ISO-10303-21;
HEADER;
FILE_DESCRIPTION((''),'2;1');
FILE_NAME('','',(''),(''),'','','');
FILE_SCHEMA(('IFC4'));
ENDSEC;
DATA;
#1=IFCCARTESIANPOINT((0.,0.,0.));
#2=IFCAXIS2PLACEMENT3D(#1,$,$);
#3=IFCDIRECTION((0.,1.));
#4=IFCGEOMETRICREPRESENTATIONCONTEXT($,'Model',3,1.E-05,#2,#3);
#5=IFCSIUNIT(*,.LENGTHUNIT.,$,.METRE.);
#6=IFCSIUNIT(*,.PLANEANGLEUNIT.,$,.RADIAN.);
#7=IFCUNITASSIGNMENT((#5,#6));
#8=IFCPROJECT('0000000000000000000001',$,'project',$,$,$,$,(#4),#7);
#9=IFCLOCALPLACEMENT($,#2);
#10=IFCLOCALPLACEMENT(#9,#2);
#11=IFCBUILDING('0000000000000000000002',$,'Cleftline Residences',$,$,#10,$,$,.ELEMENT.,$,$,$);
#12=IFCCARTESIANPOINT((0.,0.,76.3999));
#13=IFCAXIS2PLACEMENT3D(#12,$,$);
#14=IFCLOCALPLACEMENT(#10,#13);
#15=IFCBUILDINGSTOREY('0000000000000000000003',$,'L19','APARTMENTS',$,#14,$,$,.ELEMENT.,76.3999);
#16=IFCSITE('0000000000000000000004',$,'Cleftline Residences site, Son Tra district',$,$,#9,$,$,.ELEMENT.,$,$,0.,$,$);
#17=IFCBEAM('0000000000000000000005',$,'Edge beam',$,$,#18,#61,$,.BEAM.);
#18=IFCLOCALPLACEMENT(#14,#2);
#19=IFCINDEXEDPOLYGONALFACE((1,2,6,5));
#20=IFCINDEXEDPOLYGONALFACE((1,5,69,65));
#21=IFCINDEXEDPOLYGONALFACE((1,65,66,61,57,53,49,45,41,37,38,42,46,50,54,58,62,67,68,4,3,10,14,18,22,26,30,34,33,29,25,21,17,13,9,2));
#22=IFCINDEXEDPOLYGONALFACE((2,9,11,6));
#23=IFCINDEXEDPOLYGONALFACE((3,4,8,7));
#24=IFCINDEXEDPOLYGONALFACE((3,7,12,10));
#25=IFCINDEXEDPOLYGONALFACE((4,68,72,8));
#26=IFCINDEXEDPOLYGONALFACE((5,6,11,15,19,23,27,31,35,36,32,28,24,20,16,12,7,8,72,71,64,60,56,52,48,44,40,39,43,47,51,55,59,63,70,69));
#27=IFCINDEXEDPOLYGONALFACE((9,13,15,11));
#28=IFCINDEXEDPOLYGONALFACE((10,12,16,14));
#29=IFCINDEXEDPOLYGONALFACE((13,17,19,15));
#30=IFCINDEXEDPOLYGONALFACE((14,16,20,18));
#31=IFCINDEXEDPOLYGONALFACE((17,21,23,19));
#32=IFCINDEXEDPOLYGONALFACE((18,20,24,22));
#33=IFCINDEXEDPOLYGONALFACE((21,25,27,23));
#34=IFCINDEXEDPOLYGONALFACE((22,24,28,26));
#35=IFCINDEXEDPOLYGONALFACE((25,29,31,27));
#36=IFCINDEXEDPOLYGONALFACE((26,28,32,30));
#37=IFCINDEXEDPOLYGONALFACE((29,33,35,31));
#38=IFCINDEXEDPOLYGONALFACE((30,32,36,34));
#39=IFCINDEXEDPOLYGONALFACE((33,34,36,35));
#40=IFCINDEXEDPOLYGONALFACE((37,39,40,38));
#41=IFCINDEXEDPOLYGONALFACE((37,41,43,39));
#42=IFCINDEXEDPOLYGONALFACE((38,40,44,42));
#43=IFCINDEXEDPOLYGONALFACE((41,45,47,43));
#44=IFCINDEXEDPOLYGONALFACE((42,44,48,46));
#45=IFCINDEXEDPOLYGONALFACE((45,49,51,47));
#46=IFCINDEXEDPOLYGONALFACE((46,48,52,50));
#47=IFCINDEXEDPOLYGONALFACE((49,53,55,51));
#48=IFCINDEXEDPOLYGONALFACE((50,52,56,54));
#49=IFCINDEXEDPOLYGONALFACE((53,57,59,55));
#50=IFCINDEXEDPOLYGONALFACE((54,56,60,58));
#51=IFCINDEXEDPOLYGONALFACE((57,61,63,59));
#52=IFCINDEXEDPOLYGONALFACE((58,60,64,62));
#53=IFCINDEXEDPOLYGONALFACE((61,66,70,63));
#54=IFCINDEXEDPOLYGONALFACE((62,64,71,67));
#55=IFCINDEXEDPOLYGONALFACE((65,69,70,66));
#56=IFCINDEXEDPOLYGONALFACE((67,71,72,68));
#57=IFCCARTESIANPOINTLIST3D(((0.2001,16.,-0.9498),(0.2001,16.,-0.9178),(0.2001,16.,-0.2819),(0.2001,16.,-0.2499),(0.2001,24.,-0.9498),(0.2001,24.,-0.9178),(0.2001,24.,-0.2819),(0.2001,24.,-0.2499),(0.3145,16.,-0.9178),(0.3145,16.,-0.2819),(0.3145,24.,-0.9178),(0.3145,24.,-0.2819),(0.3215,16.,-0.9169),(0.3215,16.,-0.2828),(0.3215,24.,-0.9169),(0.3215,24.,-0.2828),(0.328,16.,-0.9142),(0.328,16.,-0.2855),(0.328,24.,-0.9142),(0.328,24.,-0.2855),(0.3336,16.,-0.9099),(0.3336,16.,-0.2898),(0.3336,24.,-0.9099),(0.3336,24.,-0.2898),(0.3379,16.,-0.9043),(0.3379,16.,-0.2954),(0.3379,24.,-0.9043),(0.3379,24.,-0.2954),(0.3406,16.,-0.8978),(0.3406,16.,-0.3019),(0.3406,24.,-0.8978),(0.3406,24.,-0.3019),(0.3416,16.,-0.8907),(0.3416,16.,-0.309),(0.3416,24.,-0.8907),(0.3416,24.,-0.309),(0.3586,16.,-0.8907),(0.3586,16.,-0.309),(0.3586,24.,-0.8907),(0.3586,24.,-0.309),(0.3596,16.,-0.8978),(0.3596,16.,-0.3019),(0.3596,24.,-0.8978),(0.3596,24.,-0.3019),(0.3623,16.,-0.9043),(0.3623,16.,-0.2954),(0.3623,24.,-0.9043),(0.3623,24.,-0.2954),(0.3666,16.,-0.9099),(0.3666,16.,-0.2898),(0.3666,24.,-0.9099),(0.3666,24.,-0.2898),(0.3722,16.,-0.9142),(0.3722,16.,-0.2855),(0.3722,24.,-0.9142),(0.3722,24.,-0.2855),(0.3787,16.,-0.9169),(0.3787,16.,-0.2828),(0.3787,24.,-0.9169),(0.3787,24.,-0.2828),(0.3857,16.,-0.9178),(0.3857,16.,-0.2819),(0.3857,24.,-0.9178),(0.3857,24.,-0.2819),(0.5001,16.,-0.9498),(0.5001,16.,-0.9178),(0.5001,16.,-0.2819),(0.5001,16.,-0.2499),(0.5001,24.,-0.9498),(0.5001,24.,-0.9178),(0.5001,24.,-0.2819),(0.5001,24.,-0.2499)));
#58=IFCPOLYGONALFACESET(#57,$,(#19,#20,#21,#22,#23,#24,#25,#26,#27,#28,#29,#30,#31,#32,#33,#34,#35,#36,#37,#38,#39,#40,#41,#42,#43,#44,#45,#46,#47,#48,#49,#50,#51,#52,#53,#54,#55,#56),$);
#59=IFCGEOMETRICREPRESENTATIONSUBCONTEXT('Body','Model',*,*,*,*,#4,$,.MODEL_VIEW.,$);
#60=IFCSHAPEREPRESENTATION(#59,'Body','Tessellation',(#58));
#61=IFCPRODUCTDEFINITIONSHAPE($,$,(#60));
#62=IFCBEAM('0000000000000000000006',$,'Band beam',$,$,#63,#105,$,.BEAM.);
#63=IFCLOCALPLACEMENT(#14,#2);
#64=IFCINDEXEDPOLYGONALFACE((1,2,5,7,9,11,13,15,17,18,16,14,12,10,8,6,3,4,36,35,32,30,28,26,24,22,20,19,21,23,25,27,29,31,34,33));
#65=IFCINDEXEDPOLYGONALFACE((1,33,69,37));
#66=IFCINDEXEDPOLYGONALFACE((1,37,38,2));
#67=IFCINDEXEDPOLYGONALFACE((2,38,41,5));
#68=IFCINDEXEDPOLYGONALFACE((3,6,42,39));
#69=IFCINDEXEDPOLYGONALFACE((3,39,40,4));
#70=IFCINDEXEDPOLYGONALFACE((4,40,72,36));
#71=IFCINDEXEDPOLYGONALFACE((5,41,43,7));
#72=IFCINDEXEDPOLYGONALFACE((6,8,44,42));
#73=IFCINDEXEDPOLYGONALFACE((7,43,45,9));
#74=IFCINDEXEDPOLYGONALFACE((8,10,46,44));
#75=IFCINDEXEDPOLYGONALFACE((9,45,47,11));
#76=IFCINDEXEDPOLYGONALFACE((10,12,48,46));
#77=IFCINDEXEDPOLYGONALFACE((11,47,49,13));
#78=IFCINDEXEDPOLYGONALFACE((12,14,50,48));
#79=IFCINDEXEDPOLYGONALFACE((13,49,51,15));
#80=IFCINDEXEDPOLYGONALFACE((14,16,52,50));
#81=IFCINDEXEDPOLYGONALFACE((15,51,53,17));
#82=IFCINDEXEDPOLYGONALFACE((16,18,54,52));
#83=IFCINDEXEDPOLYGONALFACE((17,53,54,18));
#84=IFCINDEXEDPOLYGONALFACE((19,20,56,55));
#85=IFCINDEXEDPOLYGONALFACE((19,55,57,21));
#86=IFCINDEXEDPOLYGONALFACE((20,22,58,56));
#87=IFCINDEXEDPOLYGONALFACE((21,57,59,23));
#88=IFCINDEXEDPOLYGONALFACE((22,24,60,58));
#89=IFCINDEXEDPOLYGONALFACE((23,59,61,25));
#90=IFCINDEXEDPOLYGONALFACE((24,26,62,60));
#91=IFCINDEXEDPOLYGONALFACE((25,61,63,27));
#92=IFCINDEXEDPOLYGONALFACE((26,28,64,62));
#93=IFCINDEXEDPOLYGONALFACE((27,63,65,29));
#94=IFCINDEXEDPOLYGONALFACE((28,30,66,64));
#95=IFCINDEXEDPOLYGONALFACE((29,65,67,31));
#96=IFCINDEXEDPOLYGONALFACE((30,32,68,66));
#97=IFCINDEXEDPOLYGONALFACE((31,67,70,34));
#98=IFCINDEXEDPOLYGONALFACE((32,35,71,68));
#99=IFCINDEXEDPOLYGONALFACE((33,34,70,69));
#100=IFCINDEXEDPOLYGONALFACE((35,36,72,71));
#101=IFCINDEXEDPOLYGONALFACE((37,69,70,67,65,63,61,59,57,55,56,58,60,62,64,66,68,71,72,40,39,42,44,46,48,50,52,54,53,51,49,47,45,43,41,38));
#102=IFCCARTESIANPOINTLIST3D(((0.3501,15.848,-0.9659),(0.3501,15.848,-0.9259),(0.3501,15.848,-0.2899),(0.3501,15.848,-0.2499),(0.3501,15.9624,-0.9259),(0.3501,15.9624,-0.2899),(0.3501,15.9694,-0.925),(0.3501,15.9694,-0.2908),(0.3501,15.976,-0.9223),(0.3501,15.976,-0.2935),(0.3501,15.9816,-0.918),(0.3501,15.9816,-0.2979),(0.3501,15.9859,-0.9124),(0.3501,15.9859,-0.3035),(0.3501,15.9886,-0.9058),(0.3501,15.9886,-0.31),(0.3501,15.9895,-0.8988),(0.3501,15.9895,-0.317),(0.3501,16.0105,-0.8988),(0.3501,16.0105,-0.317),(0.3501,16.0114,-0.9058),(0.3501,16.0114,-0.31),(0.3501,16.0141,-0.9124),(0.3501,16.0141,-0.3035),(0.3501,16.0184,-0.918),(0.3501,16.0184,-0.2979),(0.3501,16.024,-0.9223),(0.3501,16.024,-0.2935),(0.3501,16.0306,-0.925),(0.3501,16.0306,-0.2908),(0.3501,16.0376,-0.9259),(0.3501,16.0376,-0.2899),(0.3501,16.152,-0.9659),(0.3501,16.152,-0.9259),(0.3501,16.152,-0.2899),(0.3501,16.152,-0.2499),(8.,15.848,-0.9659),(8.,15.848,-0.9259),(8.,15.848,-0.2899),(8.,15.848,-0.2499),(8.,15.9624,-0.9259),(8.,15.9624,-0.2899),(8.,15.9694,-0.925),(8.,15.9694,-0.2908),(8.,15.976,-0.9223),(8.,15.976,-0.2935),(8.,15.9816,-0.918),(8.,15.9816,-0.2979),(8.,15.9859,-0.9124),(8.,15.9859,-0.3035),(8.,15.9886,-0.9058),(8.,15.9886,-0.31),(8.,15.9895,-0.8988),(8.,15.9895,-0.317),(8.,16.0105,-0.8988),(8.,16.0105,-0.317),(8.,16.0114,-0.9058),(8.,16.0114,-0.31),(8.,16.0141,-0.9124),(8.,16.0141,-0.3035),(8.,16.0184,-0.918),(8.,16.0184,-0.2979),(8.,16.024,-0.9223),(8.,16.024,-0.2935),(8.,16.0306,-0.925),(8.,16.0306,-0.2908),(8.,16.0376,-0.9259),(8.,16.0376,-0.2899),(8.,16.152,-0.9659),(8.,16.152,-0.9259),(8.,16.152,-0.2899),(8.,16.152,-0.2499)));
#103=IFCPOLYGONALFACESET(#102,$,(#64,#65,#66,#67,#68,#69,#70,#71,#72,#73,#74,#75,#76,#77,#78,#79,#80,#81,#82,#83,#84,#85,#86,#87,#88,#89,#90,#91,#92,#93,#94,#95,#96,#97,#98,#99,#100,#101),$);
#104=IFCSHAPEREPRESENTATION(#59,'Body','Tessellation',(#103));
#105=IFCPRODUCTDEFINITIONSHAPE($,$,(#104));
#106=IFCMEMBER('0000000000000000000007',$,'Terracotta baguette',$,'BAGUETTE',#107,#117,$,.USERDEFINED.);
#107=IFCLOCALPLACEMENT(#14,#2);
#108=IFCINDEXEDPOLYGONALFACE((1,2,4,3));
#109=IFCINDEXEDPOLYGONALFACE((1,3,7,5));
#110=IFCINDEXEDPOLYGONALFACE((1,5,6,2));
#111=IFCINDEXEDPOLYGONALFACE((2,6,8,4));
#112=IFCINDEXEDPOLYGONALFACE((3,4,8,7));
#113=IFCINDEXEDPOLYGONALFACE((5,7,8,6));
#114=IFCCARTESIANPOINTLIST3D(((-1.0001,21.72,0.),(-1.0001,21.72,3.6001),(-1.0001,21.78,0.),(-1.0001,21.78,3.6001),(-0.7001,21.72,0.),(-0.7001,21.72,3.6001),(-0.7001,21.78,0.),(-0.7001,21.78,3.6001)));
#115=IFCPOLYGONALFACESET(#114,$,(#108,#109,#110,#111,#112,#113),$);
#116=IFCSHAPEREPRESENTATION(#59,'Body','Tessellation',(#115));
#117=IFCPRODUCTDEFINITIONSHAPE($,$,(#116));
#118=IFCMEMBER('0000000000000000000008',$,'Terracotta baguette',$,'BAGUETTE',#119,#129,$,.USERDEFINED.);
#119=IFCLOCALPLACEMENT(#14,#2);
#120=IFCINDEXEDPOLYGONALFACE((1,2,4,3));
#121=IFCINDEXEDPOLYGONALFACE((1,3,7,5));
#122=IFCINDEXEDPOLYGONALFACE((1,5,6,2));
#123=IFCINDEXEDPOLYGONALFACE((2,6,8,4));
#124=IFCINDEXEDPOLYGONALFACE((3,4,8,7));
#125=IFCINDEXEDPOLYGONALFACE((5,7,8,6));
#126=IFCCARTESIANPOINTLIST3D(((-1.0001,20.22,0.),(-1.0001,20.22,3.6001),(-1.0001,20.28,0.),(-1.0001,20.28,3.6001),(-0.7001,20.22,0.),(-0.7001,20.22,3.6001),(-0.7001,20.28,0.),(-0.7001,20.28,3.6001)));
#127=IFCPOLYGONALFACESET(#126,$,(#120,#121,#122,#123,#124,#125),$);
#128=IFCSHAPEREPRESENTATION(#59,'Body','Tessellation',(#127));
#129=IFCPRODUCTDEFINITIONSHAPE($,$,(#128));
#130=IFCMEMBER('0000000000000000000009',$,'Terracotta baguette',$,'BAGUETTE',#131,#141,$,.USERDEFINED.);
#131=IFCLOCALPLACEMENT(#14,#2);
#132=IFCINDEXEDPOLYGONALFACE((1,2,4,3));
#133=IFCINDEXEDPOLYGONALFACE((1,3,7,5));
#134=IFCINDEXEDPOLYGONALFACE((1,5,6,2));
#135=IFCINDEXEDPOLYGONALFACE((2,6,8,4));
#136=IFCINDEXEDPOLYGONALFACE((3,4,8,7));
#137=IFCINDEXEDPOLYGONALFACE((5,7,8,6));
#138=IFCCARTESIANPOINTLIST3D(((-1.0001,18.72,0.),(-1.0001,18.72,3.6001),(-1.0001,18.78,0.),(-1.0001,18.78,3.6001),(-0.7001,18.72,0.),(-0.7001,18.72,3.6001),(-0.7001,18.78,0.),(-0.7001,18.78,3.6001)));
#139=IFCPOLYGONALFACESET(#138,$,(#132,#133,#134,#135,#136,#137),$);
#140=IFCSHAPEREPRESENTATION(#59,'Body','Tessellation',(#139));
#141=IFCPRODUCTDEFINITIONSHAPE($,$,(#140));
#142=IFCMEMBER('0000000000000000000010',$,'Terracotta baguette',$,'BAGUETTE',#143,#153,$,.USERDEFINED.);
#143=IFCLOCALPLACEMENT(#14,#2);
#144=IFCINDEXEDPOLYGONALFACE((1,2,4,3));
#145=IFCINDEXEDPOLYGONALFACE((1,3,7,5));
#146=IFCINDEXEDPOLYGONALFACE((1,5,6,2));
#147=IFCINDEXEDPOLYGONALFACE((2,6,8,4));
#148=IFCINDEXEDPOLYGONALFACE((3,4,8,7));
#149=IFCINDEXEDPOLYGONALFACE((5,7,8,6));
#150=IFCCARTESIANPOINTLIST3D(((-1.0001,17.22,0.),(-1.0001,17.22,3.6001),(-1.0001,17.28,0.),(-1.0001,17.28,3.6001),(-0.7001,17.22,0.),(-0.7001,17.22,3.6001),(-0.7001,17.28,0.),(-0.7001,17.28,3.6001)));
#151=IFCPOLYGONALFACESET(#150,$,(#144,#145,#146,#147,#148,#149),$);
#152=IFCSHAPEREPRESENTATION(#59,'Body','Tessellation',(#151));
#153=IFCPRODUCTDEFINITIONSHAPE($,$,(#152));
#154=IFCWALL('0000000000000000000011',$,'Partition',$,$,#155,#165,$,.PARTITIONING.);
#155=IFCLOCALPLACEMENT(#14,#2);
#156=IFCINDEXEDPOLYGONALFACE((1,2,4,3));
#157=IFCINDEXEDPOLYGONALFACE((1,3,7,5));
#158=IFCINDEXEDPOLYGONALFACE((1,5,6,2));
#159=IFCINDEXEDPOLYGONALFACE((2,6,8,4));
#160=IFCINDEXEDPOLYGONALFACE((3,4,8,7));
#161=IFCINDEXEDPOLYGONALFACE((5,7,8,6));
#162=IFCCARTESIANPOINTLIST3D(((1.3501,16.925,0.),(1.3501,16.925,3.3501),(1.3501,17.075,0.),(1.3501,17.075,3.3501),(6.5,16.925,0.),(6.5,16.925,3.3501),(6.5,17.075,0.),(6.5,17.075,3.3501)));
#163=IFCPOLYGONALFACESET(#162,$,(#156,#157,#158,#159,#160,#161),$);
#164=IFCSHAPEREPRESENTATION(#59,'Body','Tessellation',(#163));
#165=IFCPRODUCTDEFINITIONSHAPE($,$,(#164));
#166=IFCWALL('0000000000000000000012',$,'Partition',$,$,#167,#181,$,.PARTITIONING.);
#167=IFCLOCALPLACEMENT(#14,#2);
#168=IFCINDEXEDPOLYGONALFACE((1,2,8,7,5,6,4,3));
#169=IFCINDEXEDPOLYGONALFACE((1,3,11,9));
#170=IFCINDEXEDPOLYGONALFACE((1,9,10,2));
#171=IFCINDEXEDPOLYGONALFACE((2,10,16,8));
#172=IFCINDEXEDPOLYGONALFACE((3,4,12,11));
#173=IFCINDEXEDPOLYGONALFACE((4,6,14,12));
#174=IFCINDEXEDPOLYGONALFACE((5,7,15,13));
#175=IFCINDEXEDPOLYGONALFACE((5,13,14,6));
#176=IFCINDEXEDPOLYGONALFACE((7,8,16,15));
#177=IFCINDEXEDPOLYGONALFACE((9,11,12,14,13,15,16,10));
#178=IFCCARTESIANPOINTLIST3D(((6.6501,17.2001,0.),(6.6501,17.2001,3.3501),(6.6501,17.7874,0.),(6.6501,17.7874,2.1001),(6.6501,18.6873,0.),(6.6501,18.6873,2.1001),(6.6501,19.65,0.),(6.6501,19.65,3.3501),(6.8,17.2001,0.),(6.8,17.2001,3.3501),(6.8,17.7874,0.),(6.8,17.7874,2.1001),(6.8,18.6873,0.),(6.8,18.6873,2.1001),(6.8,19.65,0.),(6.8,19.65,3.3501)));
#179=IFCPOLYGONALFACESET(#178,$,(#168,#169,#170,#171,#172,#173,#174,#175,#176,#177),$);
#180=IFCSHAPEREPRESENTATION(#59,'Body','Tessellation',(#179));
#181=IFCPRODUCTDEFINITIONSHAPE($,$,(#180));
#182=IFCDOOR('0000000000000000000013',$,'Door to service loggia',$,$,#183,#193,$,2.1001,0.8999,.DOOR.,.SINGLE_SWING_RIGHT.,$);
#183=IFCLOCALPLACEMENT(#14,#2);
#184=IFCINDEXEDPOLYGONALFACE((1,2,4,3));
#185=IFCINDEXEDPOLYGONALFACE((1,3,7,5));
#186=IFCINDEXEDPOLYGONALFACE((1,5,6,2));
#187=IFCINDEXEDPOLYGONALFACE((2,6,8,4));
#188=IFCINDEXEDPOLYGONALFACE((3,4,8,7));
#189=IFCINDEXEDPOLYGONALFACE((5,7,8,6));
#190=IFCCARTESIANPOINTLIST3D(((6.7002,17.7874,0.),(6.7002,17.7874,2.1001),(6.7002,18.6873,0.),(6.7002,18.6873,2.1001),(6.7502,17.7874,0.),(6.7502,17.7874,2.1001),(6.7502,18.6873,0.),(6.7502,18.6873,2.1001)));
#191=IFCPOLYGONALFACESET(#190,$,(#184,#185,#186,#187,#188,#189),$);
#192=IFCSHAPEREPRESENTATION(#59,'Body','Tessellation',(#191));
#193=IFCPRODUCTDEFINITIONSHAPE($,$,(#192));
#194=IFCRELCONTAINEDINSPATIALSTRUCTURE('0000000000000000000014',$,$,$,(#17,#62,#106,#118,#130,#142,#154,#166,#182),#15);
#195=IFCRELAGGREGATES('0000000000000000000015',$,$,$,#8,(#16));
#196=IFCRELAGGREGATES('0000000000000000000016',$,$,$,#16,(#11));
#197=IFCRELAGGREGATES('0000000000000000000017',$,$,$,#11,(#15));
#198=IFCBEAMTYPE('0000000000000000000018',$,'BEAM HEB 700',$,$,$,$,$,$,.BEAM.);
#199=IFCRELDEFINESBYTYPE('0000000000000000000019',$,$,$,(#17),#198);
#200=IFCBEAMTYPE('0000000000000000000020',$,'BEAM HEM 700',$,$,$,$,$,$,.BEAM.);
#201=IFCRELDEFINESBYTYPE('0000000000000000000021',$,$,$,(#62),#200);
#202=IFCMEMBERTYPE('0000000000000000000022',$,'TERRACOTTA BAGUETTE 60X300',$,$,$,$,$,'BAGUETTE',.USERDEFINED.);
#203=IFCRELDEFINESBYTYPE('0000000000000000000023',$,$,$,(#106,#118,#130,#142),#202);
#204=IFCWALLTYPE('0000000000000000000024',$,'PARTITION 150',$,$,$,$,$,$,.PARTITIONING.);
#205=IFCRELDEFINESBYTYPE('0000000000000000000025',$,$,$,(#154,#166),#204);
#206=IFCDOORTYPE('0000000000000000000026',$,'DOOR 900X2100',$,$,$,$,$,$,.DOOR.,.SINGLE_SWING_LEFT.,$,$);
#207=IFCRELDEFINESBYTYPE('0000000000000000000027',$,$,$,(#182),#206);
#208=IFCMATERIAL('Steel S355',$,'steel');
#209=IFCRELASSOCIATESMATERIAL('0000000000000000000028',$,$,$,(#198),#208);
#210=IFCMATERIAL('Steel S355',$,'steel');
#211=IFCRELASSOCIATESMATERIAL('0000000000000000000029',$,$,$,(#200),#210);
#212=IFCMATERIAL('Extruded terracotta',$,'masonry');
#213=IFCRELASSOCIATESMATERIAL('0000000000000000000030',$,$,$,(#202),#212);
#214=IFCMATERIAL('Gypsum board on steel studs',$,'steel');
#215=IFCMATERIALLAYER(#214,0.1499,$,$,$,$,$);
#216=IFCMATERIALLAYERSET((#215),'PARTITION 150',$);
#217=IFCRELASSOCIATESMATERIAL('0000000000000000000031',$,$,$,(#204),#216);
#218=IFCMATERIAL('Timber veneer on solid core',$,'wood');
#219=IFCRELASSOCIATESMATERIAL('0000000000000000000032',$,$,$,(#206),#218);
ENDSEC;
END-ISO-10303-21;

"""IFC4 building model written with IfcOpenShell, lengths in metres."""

from ifc_helpers import new_model, si_unit, direction, frame, frame_2d, origin, origin_2d, place, context, subcontext, project, spatial, rectangle, i_section, extrude, material, layer, layer_set, material_profile, profile_set, type_object, element, fill, save


model = new_model("IFC4")

# Units and contexts
model_context = context("Model", 3, precision=1e-05, world=origin(), true_north=direction((0.0, 1.0)))
body_context = subcontext(model_context, "Body", "Model", "MODEL_VIEW")
ifc_project = project(units=[si_unit("LENGTHUNIT", "METRE"), si_unit("PLANEANGLEUNIT", "RADIAN")], contexts=[model_context])

# Site, building, storey
site_placement = place(None, origin())
site = spatial("IfcSite", under=ifc_project, at=site_placement, Name="Cleftline Residences site, Son Tra district", CompositionType="ELEMENT", RefElevation=0.0)
building_placement = place(site_placement, origin())
building = spatial("IfcBuilding", under=site, at=building_placement, Name="Cleftline Residences", CompositionType="ELEMENT")
storey_placement = place(building_placement, frame((0.0, 0.0, 76.3999)))
storey = spatial("IfcBuildingStorey", under=building, at=storey_placement, Name="L19", Description="APARTMENTS", CompositionType="ELEMENT", Elevation=76.3999)

# Beams
ifc_material_1 = material(Name="Steel S355", Category="steel")
ifc_material_profile_1 = material_profile(ifc_material_1, i_section(OverallWidth=0.3, OverallDepth=0.7, WebThickness=0.0171, FlangeThickness=0.032, FilletRadius=0.0271, at=origin_2d()))
ifc_profile_set_1 = profile_set([ifc_material_profile_1], Name="Steel S355")
beam_type_1 = type_object("IfcBeamType", Name="BEAM HEB 700", PredefinedType="BEAM", material=ifc_profile_set_1)
beam_1_placement = place(storey_placement, frame((0.3501, 16.0, -0.5999), z_axis=(0.0, 1.0, 0.0), x_axis=(-1.0, 0.0, 0.0)))
element("IfcBeam", 1, at=beam_1_placement, inside=storey, type_object=beam_type_1, Name="Edge beam", PredefinedType="BEAM", context=body_context, shape_type="SweptSolid", body=[
    extrude(i_section(OverallWidth=0.3, OverallDepth=0.7, WebThickness=0.0171, FlangeThickness=0.032, FilletRadius=0.0271, at=origin_2d()), origin(), (0.0, 0.0, 1.0), 8.0),
])
ifc_material_2 = material(Name="Steel S355", Category="steel")
ifc_material_profile_2 = material_profile(ifc_material_2, i_section(OverallWidth=0.304, OverallDepth=0.7161, WebThickness=0.021, FlangeThickness=0.04, FilletRadius=0.0271, at=origin_2d()))
ifc_profile_set_2 = profile_set([ifc_material_profile_2], Name="Steel S355")
beam_type_2 = type_object("IfcBeamType", Name="BEAM HEM 700", PredefinedType="BEAM", material=ifc_profile_set_2)
beam_2_placement = place(storey_placement, frame((0.3501, 16.0, -0.6079), z_axis=(1.0, 0.0, 0.0), x_axis=(0.0, 1.0, 0.0)))
element("IfcBeam", 2, at=beam_2_placement, inside=storey, type_object=beam_type_2, Name="Band beam", PredefinedType="BEAM", context=body_context, shape_type="SweptSolid", body=[
    extrude(i_section(OverallWidth=0.304, OverallDepth=0.7161, WebThickness=0.021, FlangeThickness=0.04, FilletRadius=0.0271, at=origin_2d()), origin(), (0.0, 0.0, 1.0), 7.6499),
])

# Members
ifc_material_3 = material(Name="Extruded terracotta", Category="masonry")
ifc_material_profile_3 = material_profile(ifc_material_3, rectangle(XDim=0.0601, YDim=0.3, at=origin_2d()))
ifc_profile_set_3 = profile_set([ifc_material_profile_3], Name="Extruded terracotta")
member_type_1 = type_object("IfcMemberType", Name="TERRACOTTA BAGUETTE 60X300", ElementType="BAGUETTE", PredefinedType="USERDEFINED", material=ifc_profile_set_3)
for number, where, z_axis, x_axis, name in (
    (3, (-0.8501, 21.75, 0.0), (0.0, 0.0, 1.0), (0.0, 1.0, 0.0), "Terracotta baguette"),
    (4, (-0.8501, 20.25, 0.0), (0.0, 0.0, 1.0), (0.0, 1.0, 0.0), "Terracotta baguette"),
    (5, (-0.8501, 18.75, 0.0), (0.0, 0.0, 1.0), (0.0, 1.0, 0.0), "Terracotta baguette"),
    (6, (-0.8501, 17.25, 0.0), (0.0, 0.0, 1.0), (0.0, 1.0, 0.0), "Terracotta baguette"),
):
    element("IfcMember", number, at=place(storey_placement, frame(where, z_axis=z_axis, x_axis=x_axis)), inside=storey, type_object=member_type_1, Name=name, ObjectType="BAGUETTE", PredefinedType="USERDEFINED", context=body_context, shape_type="SweptSolid", body=[
        extrude(rectangle(XDim=0.0601, YDim=0.3, at=origin_2d()), origin(), (0.0, 0.0, 1.0), 3.6001),
    ])

# Wall
ifc_material_4 = material(Name="Gypsum board on steel studs", Category="steel")
ifc_layer_1 = layer(ifc_material_4, 0.1499)
ifc_layer_set_1 = layer_set([ifc_layer_1], Name="PARTITION 150")
wall_type_1 = type_object("IfcWallType", Name="PARTITION 150", PredefinedType="PARTITIONING", material=ifc_layer_set_1)
wall_1_placement = place(storey_placement, frame((1.3501, 17.0, 0.0), z_axis=(0.0, 0.0, 1.0), x_axis=(1.0, 0.0, 0.0)))
element("IfcWall", 7, at=wall_1_placement, inside=storey, type_object=wall_type_1, Name="Partition", PredefinedType="PARTITIONING", context=body_context, shape_type="SweptSolid", body=[
    extrude(rectangle(XDim=5.1499, YDim=0.1499, at=frame_2d((2.575, 0.0))), origin(), (0.0, 0.0, 1.0), 3.3501),
])

# Wall, opening, door
wall_2_placement = place(storey_placement, frame((6.7251, 17.2, 0.0), z_axis=(0.0, 0.0, 1.0), x_axis=(0.0, 1.0, 0.0)))
wall_2 = element("IfcWall", 8, at=wall_2_placement, inside=storey, type_object=wall_type_1, Name="Partition", PredefinedType="PARTITIONING", context=body_context, shape_type="SweptSolid", body=[
    extrude(rectangle(XDim=2.45, YDim=0.1499, at=frame_2d((1.2251, 0.0))), origin(), (0.0, 0.0, 1.0), 3.3501),
])
opening_1_placement = place(wall_2_placement, frame((0.5874, 0.0, 0.0)))
opening_1 = element("IfcOpeningElement", 9, at=opening_1_placement, cuts=wall_2, PredefinedType="OPENING", context=body_context, shape_type="SweptSolid", body=[
    extrude(rectangle(XDim=0.8999, YDim=2.1001, at=frame_2d((0.45, 1.05))), frame((0.0, 0.085, 0.0), z_axis=(0.0, -1.0, 0.0), x_axis=(1.0, 0.0, 0.0)), (0.0, 0.0, 1.0), 0.1699),
])
ifc_material_5 = material(Name="Timber veneer on solid core", Category="wood")
door_type_1 = type_object("IfcDoorType", Name="DOOR 900X2100", OperationType="SINGLE_SWING_LEFT", PredefinedType="DOOR", material=ifc_material_5)
door_1_placement = place(opening_1_placement, origin())
door_1 = element("IfcDoor", 10, at=door_1_placement, inside=storey, type_object=door_type_1, Name="Door to service loggia", OperationType="SINGLE_SWING_RIGHT", OverallHeight=2.1001, OverallWidth=0.8999, PredefinedType="DOOR", context=body_context, shape_type="SweptSolid", body=[
    extrude(rectangle(XDim=0.8999, YDim=2.1001, at=frame_2d((0.45, 1.05))), frame((0.0, 0.0249, 0.0), z_axis=(0.0, -1.0, 0.0), x_axis=(1.0, 0.0, 0.0)), (0.0, 0.0, 1.0), 0.05),
])
fill(opening_1, door_1)

save(model, "model.ifc")
